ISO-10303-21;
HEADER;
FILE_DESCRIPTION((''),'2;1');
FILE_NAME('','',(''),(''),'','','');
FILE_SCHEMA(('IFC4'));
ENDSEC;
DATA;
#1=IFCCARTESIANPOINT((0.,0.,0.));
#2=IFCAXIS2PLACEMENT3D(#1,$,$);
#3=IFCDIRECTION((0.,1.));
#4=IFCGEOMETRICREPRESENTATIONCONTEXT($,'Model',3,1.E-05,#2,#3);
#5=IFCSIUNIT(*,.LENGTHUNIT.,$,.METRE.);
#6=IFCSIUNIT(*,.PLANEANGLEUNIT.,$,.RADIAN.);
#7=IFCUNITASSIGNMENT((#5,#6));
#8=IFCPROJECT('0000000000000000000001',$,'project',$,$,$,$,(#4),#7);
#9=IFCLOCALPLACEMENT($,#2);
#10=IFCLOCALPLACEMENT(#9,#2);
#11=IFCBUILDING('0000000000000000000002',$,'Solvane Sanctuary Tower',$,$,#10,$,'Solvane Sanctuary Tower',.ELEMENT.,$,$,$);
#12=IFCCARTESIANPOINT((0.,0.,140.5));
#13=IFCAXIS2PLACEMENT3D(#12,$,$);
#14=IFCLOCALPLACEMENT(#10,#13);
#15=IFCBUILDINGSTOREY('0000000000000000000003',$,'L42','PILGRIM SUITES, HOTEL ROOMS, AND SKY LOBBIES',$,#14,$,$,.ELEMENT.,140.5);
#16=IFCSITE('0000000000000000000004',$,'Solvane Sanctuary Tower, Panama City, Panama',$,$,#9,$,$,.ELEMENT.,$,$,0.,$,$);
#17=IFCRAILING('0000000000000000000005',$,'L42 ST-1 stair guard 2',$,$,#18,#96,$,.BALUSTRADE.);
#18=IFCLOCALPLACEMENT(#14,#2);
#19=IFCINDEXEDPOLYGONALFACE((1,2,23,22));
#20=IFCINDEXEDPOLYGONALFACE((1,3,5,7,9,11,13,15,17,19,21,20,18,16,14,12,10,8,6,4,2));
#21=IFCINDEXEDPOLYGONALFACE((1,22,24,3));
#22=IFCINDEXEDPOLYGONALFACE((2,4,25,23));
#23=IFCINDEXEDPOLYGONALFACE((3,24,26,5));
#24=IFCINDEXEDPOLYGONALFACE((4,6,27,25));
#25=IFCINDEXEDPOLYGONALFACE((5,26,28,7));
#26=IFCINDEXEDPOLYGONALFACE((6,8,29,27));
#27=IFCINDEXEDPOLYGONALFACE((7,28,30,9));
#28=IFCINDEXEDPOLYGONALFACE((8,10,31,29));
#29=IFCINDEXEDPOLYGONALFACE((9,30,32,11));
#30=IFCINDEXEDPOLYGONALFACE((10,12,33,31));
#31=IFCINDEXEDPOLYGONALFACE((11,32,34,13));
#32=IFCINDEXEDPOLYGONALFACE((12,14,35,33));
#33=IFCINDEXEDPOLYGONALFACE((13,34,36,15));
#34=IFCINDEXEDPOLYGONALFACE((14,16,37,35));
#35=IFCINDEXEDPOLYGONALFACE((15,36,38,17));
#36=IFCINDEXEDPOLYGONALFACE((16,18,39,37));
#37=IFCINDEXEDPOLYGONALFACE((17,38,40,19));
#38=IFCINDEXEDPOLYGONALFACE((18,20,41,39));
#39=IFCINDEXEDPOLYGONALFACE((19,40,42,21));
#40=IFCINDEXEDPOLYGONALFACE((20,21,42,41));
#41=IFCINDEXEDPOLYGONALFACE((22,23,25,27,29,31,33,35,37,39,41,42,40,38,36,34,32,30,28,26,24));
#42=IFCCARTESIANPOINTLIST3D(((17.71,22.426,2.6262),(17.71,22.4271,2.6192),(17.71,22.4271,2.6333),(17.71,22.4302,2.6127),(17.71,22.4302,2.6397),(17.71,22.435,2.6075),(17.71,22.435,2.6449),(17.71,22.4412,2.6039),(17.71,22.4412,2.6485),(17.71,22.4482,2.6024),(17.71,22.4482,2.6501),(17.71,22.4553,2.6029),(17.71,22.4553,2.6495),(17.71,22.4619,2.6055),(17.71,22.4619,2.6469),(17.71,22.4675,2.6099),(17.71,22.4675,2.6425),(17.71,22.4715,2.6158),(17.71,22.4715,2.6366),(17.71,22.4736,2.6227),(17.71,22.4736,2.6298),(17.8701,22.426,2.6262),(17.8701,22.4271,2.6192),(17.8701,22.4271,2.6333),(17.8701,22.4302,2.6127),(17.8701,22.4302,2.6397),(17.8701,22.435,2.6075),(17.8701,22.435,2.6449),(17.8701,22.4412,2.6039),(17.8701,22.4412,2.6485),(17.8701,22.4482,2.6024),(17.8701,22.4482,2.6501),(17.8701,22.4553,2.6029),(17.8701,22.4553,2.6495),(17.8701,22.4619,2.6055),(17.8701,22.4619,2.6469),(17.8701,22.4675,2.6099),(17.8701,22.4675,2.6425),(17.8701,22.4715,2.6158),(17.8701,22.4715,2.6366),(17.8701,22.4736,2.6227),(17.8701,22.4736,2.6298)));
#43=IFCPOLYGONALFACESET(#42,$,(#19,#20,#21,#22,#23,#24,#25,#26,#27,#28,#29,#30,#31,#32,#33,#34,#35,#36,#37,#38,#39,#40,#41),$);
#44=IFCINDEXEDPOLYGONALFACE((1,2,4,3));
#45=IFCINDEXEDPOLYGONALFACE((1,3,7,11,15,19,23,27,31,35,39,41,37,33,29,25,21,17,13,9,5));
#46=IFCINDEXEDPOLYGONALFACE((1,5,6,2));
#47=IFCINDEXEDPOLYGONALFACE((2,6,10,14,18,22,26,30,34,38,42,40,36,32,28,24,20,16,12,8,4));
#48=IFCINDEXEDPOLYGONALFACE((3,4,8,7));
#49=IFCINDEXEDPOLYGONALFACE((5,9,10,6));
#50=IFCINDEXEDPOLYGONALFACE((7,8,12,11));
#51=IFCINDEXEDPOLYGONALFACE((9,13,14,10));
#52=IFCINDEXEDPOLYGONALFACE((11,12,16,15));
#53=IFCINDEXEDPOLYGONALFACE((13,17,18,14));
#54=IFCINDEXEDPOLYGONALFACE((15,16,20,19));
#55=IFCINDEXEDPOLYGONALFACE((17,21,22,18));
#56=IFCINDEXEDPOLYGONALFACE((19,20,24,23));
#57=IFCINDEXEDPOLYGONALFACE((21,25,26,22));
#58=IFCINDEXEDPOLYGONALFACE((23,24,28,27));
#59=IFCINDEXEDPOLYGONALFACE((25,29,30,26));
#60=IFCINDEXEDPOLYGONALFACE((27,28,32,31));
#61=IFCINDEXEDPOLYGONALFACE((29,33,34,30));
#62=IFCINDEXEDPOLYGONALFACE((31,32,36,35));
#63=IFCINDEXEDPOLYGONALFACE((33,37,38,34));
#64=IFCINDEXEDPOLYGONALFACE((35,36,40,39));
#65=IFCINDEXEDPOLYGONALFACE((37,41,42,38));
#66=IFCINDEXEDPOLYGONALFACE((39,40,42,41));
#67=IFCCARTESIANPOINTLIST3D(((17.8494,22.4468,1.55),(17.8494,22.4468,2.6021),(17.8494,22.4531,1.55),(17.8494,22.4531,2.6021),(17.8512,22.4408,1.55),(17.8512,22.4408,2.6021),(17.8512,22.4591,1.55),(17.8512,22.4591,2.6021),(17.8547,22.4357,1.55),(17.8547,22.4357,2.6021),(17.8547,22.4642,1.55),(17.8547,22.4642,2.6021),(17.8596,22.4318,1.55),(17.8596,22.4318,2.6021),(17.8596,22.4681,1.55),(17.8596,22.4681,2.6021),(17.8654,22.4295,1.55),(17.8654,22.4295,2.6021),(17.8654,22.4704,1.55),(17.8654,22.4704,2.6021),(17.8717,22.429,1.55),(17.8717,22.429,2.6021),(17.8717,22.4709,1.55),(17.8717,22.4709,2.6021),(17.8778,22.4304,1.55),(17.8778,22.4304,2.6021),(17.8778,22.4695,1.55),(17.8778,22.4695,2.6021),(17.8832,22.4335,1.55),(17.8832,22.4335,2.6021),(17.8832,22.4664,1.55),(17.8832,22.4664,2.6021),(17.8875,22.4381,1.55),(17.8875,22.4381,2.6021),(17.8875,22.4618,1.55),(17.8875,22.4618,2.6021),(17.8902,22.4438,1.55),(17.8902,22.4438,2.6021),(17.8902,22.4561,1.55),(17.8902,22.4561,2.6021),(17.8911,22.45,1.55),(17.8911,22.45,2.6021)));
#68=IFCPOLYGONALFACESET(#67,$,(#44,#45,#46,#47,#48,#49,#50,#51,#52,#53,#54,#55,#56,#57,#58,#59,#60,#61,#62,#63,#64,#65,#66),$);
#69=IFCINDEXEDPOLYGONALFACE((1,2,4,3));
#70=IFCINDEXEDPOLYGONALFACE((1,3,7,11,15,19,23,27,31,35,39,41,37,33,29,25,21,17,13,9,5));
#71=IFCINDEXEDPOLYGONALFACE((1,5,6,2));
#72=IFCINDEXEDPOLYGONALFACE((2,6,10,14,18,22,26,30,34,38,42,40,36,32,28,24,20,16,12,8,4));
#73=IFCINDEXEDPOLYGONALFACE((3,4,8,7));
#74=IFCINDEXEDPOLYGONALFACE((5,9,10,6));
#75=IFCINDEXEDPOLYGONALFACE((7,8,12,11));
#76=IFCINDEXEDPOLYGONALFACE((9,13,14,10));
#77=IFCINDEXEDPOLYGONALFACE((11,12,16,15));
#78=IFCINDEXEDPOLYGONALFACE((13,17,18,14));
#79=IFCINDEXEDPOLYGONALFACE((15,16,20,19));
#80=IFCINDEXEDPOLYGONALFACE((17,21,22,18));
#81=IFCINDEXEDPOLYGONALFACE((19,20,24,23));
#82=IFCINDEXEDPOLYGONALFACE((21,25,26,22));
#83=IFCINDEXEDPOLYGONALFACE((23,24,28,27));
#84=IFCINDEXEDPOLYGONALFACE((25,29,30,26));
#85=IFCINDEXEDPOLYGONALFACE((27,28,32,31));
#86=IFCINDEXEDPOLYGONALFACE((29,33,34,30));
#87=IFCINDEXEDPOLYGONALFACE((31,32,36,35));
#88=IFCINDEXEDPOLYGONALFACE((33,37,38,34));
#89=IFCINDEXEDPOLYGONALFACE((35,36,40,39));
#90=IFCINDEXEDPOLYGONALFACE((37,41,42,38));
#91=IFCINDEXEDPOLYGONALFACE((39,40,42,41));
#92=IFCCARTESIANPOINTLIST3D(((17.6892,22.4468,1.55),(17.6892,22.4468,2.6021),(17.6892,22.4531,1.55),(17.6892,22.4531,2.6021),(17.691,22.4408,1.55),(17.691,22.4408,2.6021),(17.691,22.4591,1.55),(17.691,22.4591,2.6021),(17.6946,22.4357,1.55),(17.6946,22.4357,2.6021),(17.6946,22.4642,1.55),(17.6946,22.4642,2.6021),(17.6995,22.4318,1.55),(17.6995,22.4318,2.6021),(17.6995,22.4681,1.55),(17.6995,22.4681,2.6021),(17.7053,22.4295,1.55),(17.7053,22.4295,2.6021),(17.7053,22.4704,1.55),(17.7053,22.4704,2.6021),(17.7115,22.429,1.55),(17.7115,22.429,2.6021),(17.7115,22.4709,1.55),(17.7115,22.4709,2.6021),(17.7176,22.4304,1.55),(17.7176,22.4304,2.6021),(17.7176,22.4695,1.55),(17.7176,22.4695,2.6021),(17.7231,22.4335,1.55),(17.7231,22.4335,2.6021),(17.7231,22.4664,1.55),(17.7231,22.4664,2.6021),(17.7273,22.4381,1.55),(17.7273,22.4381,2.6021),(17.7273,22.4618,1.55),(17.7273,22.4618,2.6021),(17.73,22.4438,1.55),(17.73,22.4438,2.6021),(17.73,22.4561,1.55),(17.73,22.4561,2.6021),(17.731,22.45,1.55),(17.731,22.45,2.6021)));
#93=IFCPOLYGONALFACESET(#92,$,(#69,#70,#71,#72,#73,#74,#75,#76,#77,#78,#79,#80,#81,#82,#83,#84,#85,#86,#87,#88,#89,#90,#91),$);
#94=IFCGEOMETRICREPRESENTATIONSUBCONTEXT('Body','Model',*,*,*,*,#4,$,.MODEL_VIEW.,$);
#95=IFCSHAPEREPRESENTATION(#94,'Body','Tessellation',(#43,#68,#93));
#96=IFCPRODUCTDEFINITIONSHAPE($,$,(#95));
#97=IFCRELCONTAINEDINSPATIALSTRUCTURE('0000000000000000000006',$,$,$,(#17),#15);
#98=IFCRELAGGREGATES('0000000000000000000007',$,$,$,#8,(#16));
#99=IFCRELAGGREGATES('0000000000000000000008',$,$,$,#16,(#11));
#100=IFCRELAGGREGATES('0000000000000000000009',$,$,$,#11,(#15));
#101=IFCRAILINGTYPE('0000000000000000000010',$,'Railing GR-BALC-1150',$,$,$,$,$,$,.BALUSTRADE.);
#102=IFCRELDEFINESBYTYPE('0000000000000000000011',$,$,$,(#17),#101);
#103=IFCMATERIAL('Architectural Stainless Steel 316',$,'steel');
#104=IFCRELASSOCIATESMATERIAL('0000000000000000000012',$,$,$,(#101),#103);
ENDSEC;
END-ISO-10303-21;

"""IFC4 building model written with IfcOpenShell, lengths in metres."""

from ifc_helpers import new_model, si_unit, direction, frame, origin, origin_2d, place, context, subcontext, project, spatial, circle, extrude, material, type_object, element, save


model = new_model("IFC4")

# Units and contexts
model_context = context("Model", 3, precision=1e-05, world=origin(), true_north=direction((0.0, 1.0)))
body_context = subcontext(model_context, "Body", "Model", "MODEL_VIEW")
ifc_project = project(units=[si_unit("LENGTHUNIT", "METRE"), si_unit("PLANEANGLEUNIT", "RADIAN")], contexts=[model_context])

# Site, building, storey
site_placement = place(None, origin())
site = spatial("IfcSite", under=ifc_project, at=site_placement, Name="Solvane Sanctuary Tower, Panama City, Panama", CompositionType="ELEMENT", RefElevation=0.0)
building_placement = place(site_placement, origin())
building = spatial("IfcBuilding", under=site, at=building_placement, Name="Solvane Sanctuary Tower", LongName="Solvane Sanctuary Tower", CompositionType="ELEMENT")
storey_placement = place(building_placement, frame((0.0, 0.0, 140.5)))
storey = spatial("IfcBuildingStorey", under=building, at=storey_placement, Name="L42", Description="PILGRIM SUITES, HOTEL ROOMS, AND SKY LOBBIES", CompositionType="ELEMENT", Elevation=140.5)

# Shared definitions
ifc_material_1 = material(Name="Architectural Stainless Steel 316", Category="steel")

# Railing
railing_type_1 = type_object("IfcRailingType", Name="Railing GR-BALC-1150", PredefinedType="BALUSTRADE", material=ifc_material_1)
railing_1_placement = place(storey_placement, frame((17.8701, 22.45, 1.55)))
element("IfcRailing", 1, at=railing_1_placement, inside=storey, type_object=railing_type_1, Name="L42 ST-1 stair guard 2", PredefinedType="BALUSTRADE", context=body_context, shape_type="SweptSolid", body=[
    extrude(circle(Radius=0.0239, at=origin_2d()), frame((0.0, 0.0, 1.0762), z_axis=(-1.0, 0.0, 0.0), x_axis=(0.0, -1.0, 0.0)), (0.0, 0.0, 1.0), 0.1602),
    extrude(circle(Radius=0.021, at=origin_2d()), origin(), (0.0, 0.0, 1.0), 1.052),
    extrude(circle(Radius=0.021, at=origin_2d()), frame((-0.1602, 0.0, 0.0)), (0.0, 0.0, 1.0), 1.052),
])

save(model, "model.ifc")
